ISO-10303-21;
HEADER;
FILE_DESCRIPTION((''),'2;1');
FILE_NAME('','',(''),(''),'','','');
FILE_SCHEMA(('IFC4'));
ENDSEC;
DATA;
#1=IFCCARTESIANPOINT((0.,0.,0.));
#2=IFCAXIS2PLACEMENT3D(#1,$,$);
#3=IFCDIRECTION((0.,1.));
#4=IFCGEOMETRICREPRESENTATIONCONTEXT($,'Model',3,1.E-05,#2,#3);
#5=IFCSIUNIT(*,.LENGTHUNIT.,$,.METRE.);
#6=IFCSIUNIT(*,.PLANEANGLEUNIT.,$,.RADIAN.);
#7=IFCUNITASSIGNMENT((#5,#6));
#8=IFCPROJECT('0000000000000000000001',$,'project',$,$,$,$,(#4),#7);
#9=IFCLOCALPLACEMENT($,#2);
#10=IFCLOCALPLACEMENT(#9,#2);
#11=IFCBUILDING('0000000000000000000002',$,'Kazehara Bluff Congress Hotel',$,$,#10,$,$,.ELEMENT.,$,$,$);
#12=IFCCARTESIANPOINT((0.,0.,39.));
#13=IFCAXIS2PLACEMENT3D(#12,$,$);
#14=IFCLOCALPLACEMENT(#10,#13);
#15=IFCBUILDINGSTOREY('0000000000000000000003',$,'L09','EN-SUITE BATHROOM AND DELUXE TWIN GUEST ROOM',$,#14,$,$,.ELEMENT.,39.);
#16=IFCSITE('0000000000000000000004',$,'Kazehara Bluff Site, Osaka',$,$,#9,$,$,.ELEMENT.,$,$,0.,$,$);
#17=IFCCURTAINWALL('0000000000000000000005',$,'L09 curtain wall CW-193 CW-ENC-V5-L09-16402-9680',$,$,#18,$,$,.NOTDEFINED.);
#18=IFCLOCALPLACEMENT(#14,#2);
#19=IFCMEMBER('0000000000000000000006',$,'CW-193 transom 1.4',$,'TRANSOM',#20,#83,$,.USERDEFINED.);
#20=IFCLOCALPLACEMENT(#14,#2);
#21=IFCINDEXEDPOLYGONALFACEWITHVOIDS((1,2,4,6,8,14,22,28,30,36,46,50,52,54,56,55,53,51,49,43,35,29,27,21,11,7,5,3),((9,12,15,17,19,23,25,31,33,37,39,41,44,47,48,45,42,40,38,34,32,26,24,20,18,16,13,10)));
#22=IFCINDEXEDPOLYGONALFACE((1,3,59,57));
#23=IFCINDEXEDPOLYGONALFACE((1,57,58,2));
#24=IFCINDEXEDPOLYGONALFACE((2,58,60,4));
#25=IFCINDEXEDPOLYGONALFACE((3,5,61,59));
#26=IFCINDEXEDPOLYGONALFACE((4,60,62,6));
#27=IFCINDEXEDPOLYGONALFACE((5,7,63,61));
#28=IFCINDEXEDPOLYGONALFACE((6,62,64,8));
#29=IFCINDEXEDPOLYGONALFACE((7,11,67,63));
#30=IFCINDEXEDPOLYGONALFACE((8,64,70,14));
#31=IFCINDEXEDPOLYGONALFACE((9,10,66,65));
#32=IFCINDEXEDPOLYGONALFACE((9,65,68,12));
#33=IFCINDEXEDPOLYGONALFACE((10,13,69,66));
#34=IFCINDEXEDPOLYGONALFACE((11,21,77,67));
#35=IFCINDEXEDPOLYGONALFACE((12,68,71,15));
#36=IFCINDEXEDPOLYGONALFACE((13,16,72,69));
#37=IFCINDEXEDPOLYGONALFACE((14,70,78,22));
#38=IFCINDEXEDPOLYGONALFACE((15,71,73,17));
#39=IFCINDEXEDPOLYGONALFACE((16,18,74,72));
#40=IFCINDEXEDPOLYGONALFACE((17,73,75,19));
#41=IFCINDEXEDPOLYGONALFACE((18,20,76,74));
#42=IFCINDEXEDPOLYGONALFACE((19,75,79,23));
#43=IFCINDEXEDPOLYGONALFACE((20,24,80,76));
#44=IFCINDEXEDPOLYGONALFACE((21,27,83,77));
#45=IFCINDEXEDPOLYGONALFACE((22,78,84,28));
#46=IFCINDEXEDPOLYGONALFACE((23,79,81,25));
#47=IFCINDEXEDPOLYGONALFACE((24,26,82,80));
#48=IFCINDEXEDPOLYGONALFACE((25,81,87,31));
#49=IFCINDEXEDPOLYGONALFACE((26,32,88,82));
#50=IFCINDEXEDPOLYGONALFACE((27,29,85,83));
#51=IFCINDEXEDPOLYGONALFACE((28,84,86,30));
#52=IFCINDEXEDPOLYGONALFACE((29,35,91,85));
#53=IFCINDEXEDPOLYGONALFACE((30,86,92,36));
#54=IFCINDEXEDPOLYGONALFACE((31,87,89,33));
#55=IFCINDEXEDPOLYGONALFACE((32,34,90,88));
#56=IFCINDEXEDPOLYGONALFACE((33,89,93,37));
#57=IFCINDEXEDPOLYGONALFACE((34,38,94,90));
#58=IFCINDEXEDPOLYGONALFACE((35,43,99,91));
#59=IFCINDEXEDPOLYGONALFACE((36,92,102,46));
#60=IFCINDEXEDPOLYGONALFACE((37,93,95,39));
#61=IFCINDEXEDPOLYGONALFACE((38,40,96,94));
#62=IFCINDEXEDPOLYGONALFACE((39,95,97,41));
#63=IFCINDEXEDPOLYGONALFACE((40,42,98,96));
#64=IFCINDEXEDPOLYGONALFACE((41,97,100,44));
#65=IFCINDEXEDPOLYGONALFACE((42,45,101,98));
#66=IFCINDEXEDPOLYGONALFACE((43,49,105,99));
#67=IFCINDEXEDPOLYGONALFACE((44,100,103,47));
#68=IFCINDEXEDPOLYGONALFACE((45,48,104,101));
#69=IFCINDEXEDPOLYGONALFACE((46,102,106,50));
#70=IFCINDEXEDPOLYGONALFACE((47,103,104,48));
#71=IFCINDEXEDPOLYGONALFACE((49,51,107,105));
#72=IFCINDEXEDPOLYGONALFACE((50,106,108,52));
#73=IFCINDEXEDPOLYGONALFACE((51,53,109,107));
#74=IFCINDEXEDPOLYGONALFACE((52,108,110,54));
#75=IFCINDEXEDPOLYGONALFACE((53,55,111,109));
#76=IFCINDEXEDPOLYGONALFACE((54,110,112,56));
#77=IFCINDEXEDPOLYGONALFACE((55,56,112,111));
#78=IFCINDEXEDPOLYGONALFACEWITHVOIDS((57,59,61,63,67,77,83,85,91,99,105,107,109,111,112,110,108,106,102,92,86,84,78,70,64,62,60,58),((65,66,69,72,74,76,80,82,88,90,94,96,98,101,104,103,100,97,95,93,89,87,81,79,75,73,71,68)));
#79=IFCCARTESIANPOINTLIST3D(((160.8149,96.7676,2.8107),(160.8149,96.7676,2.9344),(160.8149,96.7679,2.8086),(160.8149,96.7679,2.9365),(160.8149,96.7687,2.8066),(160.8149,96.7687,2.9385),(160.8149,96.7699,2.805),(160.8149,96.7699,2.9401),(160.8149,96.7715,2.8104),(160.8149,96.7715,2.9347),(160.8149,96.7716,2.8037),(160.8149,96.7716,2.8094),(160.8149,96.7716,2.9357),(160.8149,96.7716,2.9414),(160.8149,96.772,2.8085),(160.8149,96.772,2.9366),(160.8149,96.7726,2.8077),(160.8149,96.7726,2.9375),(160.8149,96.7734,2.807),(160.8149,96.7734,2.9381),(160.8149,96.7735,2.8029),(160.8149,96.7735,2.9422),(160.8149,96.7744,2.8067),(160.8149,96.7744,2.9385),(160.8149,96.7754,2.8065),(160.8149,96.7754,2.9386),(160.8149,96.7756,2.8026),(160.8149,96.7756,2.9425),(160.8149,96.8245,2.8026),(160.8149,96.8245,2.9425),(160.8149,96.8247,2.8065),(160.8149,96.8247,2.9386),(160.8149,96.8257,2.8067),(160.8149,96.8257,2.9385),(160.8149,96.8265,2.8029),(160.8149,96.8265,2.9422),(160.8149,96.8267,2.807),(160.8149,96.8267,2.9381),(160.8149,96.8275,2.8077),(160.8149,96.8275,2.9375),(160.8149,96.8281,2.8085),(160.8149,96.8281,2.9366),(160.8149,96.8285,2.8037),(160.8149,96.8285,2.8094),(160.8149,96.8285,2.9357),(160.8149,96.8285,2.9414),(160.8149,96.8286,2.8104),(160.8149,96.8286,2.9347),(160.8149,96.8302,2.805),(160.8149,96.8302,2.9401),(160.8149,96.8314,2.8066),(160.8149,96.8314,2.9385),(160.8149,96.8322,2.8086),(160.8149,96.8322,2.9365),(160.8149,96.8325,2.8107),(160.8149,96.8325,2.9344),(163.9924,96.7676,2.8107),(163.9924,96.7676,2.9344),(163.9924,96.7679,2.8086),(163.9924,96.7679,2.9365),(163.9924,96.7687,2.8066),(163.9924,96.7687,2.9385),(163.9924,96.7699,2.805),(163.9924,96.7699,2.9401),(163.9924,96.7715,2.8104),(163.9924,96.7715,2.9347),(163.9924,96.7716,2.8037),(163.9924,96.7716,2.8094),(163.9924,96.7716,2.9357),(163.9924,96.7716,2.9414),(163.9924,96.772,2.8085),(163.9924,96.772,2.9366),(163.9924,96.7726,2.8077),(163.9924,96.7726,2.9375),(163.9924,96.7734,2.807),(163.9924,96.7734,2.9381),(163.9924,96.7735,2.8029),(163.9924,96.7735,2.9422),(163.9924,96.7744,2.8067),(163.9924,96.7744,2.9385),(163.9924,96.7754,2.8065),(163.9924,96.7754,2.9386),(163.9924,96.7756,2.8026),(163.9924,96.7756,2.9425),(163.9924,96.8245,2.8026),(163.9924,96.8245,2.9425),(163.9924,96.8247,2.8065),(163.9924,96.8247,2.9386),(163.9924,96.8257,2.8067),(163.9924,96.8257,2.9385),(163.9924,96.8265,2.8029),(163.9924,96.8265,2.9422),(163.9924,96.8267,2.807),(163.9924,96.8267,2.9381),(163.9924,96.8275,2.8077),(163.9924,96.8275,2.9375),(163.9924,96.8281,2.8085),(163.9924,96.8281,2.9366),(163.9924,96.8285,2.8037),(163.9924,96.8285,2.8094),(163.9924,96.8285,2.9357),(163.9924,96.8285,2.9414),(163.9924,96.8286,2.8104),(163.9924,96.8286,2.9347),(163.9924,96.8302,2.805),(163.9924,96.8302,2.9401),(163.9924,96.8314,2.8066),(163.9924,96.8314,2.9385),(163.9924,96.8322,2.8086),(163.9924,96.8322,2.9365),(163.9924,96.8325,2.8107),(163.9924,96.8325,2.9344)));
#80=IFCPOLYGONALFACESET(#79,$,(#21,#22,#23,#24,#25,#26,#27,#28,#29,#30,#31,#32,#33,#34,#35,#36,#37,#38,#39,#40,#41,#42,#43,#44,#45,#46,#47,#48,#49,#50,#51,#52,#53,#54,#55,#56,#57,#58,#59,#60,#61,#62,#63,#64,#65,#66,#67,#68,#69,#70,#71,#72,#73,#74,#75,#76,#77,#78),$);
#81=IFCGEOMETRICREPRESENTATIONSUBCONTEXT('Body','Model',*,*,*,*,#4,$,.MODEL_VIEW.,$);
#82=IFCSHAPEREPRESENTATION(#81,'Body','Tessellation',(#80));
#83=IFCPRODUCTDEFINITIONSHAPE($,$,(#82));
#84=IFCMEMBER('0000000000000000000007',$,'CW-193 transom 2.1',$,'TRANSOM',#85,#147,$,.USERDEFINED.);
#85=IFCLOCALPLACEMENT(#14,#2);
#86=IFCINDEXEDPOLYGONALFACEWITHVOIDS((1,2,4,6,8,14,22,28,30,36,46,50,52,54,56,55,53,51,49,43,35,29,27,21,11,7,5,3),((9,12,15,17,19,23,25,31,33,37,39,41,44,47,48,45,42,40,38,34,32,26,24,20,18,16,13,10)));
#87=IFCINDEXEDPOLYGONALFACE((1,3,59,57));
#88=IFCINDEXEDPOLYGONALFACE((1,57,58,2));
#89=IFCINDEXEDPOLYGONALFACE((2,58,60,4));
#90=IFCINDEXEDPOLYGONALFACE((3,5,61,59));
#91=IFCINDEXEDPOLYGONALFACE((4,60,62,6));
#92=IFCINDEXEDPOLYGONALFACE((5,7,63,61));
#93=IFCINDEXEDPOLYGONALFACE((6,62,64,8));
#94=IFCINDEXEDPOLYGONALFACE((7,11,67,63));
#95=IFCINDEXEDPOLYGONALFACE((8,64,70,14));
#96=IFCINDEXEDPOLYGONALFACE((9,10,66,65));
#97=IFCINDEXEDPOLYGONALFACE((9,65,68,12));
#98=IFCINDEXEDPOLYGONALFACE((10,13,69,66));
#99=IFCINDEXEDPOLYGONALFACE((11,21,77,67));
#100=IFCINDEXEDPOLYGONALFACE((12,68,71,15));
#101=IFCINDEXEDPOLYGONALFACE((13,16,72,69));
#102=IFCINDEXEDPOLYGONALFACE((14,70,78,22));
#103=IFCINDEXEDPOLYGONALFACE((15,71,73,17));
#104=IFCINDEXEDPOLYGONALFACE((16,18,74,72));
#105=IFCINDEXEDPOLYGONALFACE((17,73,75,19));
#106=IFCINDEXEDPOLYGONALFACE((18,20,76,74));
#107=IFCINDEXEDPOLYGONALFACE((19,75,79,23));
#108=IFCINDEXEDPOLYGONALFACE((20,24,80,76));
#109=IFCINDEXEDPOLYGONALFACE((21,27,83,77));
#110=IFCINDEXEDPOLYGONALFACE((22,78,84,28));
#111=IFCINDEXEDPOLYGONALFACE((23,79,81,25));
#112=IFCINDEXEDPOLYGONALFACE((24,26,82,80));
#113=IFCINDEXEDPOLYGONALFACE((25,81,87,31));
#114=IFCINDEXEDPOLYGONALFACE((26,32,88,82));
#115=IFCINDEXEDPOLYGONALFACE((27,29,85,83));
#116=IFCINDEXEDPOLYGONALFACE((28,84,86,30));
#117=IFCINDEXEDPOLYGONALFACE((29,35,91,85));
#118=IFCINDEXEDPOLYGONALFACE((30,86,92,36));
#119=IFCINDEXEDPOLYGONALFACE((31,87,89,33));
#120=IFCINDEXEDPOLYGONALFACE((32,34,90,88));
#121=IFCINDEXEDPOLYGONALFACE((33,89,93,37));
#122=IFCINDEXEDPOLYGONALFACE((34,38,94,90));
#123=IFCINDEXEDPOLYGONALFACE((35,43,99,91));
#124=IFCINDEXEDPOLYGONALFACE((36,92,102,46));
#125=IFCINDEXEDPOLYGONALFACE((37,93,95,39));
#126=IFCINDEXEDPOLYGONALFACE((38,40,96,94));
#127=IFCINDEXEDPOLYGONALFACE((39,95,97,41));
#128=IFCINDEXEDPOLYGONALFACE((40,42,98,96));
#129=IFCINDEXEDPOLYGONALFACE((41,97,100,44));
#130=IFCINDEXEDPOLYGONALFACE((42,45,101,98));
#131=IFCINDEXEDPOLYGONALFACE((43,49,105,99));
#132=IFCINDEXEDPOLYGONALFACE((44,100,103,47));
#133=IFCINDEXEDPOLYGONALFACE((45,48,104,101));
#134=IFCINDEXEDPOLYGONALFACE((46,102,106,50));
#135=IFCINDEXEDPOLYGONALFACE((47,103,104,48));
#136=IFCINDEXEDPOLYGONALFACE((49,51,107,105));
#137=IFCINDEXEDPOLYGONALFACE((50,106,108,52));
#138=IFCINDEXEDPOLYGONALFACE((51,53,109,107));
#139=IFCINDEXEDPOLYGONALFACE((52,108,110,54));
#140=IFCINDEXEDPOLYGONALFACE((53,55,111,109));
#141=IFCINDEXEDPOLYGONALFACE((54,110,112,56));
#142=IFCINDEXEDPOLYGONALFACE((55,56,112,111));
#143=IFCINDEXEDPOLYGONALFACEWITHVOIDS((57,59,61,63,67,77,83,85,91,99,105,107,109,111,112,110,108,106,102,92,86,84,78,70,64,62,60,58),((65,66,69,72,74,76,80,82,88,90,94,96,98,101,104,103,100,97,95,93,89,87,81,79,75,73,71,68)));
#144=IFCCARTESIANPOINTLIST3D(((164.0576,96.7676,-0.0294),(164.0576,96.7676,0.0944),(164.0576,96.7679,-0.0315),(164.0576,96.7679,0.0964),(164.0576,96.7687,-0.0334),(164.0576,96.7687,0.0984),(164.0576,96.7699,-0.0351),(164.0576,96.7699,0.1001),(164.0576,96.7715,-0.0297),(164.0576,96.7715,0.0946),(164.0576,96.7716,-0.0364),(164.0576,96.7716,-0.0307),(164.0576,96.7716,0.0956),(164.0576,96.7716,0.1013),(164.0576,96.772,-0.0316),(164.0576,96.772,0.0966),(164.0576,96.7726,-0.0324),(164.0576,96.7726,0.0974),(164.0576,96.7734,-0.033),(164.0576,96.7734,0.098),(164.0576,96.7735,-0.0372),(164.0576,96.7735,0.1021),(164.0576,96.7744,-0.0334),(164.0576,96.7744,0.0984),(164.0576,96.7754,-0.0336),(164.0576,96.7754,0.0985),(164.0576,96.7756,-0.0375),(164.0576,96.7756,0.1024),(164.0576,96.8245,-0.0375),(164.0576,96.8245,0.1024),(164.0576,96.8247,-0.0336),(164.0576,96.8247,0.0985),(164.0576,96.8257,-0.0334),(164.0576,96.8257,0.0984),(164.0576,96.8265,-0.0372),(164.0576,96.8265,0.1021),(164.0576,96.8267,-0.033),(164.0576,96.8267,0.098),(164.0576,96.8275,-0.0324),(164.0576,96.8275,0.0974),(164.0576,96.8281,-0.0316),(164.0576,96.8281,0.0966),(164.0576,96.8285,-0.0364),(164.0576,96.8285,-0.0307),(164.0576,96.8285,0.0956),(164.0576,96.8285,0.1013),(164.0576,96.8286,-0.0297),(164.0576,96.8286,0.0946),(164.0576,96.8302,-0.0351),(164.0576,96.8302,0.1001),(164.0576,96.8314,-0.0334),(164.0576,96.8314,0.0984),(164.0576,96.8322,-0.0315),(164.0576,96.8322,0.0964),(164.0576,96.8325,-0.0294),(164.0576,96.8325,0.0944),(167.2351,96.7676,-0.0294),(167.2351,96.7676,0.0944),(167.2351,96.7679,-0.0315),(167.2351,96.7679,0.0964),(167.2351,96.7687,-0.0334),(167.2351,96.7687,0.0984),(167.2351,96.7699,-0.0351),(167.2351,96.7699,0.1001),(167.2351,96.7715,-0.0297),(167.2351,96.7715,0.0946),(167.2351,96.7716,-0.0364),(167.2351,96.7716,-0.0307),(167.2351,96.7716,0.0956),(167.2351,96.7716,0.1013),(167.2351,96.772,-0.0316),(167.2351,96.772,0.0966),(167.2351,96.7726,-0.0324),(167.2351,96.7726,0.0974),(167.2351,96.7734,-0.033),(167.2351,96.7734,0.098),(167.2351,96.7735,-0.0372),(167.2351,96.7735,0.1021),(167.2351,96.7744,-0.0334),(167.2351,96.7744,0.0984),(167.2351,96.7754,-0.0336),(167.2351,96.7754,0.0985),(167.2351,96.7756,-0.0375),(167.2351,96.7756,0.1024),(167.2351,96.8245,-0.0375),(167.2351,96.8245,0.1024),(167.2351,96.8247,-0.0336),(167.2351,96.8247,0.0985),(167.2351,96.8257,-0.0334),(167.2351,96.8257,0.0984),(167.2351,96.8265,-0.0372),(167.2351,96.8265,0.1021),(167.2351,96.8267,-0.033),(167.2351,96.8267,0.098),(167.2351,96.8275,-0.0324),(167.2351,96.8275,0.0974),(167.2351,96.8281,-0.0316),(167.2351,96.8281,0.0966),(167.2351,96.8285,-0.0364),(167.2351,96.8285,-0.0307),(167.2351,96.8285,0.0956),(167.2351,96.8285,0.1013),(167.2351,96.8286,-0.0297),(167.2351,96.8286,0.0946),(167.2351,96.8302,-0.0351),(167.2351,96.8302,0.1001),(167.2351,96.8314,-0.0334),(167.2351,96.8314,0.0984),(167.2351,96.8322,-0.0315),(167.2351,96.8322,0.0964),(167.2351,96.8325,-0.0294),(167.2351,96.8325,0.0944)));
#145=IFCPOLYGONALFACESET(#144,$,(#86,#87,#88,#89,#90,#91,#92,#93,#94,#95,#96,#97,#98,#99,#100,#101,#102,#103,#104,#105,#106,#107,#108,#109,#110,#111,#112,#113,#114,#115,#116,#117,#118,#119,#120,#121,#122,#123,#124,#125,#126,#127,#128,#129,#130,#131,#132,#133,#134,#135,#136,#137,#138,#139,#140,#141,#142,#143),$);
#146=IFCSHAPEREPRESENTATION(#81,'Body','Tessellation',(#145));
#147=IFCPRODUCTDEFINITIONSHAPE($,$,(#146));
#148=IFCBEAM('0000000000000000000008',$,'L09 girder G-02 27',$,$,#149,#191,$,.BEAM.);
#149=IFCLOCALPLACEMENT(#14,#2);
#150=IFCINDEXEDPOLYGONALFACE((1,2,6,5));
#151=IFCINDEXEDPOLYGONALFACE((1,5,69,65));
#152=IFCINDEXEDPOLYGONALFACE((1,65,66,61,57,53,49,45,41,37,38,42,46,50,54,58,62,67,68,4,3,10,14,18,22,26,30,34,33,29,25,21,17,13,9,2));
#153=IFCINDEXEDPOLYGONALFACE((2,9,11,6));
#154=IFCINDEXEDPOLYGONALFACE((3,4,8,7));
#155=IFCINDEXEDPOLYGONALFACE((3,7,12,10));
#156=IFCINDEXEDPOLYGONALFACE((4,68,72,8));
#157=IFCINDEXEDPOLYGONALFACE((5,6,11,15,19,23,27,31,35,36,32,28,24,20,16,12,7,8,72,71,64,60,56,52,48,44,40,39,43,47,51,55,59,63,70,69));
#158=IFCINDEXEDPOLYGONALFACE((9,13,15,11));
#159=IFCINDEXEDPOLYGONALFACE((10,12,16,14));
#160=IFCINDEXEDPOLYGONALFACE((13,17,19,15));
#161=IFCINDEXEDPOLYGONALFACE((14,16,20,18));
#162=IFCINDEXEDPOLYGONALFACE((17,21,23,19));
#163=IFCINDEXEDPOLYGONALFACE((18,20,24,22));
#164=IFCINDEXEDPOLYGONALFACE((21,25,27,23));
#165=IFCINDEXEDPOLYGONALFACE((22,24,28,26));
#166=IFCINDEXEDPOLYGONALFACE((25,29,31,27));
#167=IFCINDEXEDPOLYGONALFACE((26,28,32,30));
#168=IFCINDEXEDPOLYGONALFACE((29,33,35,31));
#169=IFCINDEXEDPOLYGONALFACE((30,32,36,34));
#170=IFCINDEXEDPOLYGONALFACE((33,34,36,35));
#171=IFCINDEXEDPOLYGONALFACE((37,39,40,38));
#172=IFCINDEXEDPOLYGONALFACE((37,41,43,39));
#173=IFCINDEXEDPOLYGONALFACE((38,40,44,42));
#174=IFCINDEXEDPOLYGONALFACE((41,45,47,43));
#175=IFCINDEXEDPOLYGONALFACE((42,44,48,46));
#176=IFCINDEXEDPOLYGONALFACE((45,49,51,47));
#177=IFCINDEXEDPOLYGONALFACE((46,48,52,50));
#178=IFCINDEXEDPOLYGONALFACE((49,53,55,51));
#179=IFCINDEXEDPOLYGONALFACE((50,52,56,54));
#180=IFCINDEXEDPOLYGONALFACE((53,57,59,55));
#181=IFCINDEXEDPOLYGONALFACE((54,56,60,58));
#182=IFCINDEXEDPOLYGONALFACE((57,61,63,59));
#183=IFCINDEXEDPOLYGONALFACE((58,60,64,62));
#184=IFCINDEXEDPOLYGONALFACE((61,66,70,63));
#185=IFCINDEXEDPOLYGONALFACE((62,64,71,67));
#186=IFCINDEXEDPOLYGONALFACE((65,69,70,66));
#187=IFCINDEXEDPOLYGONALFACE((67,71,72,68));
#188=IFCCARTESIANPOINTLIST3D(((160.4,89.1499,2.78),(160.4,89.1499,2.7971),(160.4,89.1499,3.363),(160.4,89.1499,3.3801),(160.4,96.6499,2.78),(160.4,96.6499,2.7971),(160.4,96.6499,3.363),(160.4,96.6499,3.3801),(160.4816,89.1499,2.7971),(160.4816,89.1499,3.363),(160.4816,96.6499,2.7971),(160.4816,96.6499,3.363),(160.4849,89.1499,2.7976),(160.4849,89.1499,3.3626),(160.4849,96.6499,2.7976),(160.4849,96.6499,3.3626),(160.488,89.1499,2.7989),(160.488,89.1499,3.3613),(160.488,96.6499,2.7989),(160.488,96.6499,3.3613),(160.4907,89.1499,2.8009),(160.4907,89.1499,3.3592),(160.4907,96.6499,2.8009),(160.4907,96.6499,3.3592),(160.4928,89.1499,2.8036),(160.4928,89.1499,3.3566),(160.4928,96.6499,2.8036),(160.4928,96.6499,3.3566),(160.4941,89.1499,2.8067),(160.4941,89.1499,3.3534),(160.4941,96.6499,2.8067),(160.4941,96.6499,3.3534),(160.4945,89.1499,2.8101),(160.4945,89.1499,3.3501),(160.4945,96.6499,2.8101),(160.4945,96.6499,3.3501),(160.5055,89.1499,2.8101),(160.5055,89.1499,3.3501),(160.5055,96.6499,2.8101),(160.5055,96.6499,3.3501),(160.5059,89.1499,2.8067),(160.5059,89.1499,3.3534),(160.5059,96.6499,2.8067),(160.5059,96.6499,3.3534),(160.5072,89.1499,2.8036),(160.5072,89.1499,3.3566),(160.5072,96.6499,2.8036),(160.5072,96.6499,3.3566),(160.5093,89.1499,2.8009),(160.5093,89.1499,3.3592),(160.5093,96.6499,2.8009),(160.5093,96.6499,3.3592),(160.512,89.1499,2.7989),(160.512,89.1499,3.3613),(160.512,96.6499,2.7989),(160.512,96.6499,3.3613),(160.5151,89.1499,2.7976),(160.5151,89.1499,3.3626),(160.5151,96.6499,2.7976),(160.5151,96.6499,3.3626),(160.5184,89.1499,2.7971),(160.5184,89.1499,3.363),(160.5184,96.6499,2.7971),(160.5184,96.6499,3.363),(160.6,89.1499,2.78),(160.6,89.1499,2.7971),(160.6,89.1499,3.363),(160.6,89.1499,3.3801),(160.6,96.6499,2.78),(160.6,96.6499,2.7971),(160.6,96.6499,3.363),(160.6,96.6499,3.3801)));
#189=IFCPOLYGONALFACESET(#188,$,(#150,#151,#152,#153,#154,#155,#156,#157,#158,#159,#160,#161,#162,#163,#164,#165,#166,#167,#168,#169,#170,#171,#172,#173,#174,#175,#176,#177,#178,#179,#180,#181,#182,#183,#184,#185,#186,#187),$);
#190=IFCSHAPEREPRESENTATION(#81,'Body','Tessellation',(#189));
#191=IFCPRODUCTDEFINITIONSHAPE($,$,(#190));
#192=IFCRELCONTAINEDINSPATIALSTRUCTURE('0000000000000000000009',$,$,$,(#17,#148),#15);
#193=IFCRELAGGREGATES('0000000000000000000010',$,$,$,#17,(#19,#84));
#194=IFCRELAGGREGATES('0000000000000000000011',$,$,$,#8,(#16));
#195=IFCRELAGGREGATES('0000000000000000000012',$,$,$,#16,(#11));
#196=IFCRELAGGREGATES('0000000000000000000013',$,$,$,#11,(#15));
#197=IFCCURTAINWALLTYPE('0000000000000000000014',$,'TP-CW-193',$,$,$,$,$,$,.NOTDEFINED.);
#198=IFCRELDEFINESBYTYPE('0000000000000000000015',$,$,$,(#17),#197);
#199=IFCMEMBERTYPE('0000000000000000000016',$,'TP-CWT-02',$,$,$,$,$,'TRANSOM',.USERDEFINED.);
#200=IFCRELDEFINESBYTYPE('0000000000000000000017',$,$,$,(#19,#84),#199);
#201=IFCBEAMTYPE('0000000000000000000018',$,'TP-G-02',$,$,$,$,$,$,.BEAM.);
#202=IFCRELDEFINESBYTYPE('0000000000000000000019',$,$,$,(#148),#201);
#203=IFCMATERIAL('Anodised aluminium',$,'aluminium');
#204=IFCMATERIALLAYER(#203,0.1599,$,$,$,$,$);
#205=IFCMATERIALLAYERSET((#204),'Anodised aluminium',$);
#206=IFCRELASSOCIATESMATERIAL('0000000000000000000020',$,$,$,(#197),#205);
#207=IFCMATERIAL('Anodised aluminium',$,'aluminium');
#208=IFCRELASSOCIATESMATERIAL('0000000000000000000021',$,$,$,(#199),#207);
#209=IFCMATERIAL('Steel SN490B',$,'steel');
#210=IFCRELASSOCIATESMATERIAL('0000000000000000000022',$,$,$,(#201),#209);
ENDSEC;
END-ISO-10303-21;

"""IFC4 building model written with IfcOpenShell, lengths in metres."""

from ifc_helpers import new_model, si_unit, direction, frame, origin, origin_2d, place, context, subcontext, project, spatial, hollow_rectangle, i_section, extrude, material, layer, layer_set, material_profile, profile_set, type_object, element, aggregate, save


model = new_model("IFC4")

# Units and contexts
model_context = context("Model", 3, precision=1e-05, world=origin(), true_north=direction((0.0, 1.0)))
body_context = subcontext(model_context, "Body", "Model", "MODEL_VIEW")
ifc_project = project(units=[si_unit("LENGTHUNIT", "METRE"), si_unit("PLANEANGLEUNIT", "RADIAN")], contexts=[model_context])

# Site, building, storey
site_placement = place(None, origin())
site = spatial("IfcSite", under=ifc_project, at=site_placement, Name="Kazehara Bluff Site, Osaka", CompositionType="ELEMENT", RefElevation=0.0)
building_placement = place(site_placement, origin())
building = spatial("IfcBuilding", under=site, at=building_placement, Name="Kazehara Bluff Congress Hotel", CompositionType="ELEMENT")
storey_placement = place(building_placement, frame((0.0, 0.0, 39.0)))
storey = spatial("IfcBuildingStorey", under=building, at=storey_placement, Name="L09", Description="EN-SUITE BATHROOM AND DELUXE TWIN GUEST ROOM", CompositionType="ELEMENT", Elevation=39.0)

# Curtain wall, members
ifc_material_1 = material(Name="Anodised aluminium", Category="aluminium")
ifc_layer_1 = layer(ifc_material_1, 0.1599)
ifc_layer_set_1 = layer_set([ifc_layer_1], Name="Anodised aluminium")
curtain_wall_type_1 = type_object("IfcCurtainWallType", Name="TP-CW-193", PredefinedType="NOTDEFINED", material=ifc_layer_set_1)
curtain_wall_1_placement = place(storey_placement, origin())
curtain_wall_1 = element("IfcCurtainWall", 1, at=curtain_wall_1_placement, inside=storey, type_object=curtain_wall_type_1, Name="L09 curtain wall CW-193 CW-ENC-V5-L09-16402-9680", PredefinedType="NOTDEFINED")
ifc_material_2 = material(Name="Anodised aluminium", Category="aluminium")
ifc_material_profile_1 = material_profile(ifc_material_2, hollow_rectangle(XDim=0.0649, YDim=0.1399, WallThickness=0.0039, InnerFilletRadius=0.0039, OuterFilletRadius=0.0081, at=origin_2d()))
ifc_profile_set_1 = profile_set([ifc_material_profile_1], Name="Anodised aluminium")
member_type_1 = type_object("IfcMemberType", Name="TP-CWT-02", ElementType="TRANSOM", PredefinedType="USERDEFINED", material=ifc_profile_set_1)
member_1_placement = place(storey_placement, frame((160.8149, 96.8, 2.8726), z_axis=(1.0, 0.0, 0.0), x_axis=(0.0, 1.0, 0.0)))
member_1 = element("IfcMember", 2, at=member_1_placement, type_object=member_type_1, Name="CW-193 transom 1.4", ObjectType="TRANSOM", PredefinedType="USERDEFINED", context=body_context, shape_type="SweptSolid", body=[
    extrude(hollow_rectangle(XDim=0.0649, YDim=0.1399, WallThickness=0.0039, InnerFilletRadius=0.0039, OuterFilletRadius=0.0081, at=origin_2d()), origin(), (0.0, 0.0, 1.0), 3.1775),
])
member_2_placement = place(storey_placement, frame((164.0576, 96.8, 0.0325), z_axis=(1.0, 0.0, 0.0), x_axis=(0.0, 1.0, 0.0)))
member_2 = element("IfcMember", 3, at=member_2_placement, type_object=member_type_1, Name="CW-193 transom 2.1", ObjectType="TRANSOM", PredefinedType="USERDEFINED", context=body_context, shape_type="SweptSolid", body=[
    extrude(hollow_rectangle(XDim=0.0649, YDim=0.1399, WallThickness=0.0039, InnerFilletRadius=0.0039, OuterFilletRadius=0.0081, at=origin_2d()), origin(), (0.0, 0.0, 1.0), 3.1775),
])

# Beam
ifc_material_3 = material(Name="Steel SN490B", Category="steel")
ifc_material_profile_2 = material_profile(ifc_material_3, i_section(OverallWidth=0.2, OverallDepth=0.6001, WebThickness=0.011, FlangeThickness=0.0171, FilletRadius=0.0129, at=origin_2d()))
ifc_profile_set_2 = profile_set([ifc_material_profile_2], Name="Steel SN490B")
beam_type_1 = type_object("IfcBeamType", Name="TP-G-02", PredefinedType="BEAM", material=ifc_profile_set_2)
beam_1_placement = place(storey_placement, frame((160.5, 89.1499, 3.0801), z_axis=(0.0, 1.0, 0.0), x_axis=(-1.0, 0.0, 0.0)))
element("IfcBeam", 4, at=beam_1_placement, inside=storey, type_object=beam_type_1, Name="L09 girder G-02 27", PredefinedType="BEAM", context=body_context, shape_type="SweptSolid", body=[
    extrude(i_section(OverallWidth=0.2, OverallDepth=0.6001, WebThickness=0.011, FlangeThickness=0.0171, FilletRadius=0.0129, at=origin_2d()), origin(), (0.0, 0.0, 1.0), 7.5),
])

aggregate(curtain_wall_1, [member_1, member_2])

save(model, "model.ifc")
